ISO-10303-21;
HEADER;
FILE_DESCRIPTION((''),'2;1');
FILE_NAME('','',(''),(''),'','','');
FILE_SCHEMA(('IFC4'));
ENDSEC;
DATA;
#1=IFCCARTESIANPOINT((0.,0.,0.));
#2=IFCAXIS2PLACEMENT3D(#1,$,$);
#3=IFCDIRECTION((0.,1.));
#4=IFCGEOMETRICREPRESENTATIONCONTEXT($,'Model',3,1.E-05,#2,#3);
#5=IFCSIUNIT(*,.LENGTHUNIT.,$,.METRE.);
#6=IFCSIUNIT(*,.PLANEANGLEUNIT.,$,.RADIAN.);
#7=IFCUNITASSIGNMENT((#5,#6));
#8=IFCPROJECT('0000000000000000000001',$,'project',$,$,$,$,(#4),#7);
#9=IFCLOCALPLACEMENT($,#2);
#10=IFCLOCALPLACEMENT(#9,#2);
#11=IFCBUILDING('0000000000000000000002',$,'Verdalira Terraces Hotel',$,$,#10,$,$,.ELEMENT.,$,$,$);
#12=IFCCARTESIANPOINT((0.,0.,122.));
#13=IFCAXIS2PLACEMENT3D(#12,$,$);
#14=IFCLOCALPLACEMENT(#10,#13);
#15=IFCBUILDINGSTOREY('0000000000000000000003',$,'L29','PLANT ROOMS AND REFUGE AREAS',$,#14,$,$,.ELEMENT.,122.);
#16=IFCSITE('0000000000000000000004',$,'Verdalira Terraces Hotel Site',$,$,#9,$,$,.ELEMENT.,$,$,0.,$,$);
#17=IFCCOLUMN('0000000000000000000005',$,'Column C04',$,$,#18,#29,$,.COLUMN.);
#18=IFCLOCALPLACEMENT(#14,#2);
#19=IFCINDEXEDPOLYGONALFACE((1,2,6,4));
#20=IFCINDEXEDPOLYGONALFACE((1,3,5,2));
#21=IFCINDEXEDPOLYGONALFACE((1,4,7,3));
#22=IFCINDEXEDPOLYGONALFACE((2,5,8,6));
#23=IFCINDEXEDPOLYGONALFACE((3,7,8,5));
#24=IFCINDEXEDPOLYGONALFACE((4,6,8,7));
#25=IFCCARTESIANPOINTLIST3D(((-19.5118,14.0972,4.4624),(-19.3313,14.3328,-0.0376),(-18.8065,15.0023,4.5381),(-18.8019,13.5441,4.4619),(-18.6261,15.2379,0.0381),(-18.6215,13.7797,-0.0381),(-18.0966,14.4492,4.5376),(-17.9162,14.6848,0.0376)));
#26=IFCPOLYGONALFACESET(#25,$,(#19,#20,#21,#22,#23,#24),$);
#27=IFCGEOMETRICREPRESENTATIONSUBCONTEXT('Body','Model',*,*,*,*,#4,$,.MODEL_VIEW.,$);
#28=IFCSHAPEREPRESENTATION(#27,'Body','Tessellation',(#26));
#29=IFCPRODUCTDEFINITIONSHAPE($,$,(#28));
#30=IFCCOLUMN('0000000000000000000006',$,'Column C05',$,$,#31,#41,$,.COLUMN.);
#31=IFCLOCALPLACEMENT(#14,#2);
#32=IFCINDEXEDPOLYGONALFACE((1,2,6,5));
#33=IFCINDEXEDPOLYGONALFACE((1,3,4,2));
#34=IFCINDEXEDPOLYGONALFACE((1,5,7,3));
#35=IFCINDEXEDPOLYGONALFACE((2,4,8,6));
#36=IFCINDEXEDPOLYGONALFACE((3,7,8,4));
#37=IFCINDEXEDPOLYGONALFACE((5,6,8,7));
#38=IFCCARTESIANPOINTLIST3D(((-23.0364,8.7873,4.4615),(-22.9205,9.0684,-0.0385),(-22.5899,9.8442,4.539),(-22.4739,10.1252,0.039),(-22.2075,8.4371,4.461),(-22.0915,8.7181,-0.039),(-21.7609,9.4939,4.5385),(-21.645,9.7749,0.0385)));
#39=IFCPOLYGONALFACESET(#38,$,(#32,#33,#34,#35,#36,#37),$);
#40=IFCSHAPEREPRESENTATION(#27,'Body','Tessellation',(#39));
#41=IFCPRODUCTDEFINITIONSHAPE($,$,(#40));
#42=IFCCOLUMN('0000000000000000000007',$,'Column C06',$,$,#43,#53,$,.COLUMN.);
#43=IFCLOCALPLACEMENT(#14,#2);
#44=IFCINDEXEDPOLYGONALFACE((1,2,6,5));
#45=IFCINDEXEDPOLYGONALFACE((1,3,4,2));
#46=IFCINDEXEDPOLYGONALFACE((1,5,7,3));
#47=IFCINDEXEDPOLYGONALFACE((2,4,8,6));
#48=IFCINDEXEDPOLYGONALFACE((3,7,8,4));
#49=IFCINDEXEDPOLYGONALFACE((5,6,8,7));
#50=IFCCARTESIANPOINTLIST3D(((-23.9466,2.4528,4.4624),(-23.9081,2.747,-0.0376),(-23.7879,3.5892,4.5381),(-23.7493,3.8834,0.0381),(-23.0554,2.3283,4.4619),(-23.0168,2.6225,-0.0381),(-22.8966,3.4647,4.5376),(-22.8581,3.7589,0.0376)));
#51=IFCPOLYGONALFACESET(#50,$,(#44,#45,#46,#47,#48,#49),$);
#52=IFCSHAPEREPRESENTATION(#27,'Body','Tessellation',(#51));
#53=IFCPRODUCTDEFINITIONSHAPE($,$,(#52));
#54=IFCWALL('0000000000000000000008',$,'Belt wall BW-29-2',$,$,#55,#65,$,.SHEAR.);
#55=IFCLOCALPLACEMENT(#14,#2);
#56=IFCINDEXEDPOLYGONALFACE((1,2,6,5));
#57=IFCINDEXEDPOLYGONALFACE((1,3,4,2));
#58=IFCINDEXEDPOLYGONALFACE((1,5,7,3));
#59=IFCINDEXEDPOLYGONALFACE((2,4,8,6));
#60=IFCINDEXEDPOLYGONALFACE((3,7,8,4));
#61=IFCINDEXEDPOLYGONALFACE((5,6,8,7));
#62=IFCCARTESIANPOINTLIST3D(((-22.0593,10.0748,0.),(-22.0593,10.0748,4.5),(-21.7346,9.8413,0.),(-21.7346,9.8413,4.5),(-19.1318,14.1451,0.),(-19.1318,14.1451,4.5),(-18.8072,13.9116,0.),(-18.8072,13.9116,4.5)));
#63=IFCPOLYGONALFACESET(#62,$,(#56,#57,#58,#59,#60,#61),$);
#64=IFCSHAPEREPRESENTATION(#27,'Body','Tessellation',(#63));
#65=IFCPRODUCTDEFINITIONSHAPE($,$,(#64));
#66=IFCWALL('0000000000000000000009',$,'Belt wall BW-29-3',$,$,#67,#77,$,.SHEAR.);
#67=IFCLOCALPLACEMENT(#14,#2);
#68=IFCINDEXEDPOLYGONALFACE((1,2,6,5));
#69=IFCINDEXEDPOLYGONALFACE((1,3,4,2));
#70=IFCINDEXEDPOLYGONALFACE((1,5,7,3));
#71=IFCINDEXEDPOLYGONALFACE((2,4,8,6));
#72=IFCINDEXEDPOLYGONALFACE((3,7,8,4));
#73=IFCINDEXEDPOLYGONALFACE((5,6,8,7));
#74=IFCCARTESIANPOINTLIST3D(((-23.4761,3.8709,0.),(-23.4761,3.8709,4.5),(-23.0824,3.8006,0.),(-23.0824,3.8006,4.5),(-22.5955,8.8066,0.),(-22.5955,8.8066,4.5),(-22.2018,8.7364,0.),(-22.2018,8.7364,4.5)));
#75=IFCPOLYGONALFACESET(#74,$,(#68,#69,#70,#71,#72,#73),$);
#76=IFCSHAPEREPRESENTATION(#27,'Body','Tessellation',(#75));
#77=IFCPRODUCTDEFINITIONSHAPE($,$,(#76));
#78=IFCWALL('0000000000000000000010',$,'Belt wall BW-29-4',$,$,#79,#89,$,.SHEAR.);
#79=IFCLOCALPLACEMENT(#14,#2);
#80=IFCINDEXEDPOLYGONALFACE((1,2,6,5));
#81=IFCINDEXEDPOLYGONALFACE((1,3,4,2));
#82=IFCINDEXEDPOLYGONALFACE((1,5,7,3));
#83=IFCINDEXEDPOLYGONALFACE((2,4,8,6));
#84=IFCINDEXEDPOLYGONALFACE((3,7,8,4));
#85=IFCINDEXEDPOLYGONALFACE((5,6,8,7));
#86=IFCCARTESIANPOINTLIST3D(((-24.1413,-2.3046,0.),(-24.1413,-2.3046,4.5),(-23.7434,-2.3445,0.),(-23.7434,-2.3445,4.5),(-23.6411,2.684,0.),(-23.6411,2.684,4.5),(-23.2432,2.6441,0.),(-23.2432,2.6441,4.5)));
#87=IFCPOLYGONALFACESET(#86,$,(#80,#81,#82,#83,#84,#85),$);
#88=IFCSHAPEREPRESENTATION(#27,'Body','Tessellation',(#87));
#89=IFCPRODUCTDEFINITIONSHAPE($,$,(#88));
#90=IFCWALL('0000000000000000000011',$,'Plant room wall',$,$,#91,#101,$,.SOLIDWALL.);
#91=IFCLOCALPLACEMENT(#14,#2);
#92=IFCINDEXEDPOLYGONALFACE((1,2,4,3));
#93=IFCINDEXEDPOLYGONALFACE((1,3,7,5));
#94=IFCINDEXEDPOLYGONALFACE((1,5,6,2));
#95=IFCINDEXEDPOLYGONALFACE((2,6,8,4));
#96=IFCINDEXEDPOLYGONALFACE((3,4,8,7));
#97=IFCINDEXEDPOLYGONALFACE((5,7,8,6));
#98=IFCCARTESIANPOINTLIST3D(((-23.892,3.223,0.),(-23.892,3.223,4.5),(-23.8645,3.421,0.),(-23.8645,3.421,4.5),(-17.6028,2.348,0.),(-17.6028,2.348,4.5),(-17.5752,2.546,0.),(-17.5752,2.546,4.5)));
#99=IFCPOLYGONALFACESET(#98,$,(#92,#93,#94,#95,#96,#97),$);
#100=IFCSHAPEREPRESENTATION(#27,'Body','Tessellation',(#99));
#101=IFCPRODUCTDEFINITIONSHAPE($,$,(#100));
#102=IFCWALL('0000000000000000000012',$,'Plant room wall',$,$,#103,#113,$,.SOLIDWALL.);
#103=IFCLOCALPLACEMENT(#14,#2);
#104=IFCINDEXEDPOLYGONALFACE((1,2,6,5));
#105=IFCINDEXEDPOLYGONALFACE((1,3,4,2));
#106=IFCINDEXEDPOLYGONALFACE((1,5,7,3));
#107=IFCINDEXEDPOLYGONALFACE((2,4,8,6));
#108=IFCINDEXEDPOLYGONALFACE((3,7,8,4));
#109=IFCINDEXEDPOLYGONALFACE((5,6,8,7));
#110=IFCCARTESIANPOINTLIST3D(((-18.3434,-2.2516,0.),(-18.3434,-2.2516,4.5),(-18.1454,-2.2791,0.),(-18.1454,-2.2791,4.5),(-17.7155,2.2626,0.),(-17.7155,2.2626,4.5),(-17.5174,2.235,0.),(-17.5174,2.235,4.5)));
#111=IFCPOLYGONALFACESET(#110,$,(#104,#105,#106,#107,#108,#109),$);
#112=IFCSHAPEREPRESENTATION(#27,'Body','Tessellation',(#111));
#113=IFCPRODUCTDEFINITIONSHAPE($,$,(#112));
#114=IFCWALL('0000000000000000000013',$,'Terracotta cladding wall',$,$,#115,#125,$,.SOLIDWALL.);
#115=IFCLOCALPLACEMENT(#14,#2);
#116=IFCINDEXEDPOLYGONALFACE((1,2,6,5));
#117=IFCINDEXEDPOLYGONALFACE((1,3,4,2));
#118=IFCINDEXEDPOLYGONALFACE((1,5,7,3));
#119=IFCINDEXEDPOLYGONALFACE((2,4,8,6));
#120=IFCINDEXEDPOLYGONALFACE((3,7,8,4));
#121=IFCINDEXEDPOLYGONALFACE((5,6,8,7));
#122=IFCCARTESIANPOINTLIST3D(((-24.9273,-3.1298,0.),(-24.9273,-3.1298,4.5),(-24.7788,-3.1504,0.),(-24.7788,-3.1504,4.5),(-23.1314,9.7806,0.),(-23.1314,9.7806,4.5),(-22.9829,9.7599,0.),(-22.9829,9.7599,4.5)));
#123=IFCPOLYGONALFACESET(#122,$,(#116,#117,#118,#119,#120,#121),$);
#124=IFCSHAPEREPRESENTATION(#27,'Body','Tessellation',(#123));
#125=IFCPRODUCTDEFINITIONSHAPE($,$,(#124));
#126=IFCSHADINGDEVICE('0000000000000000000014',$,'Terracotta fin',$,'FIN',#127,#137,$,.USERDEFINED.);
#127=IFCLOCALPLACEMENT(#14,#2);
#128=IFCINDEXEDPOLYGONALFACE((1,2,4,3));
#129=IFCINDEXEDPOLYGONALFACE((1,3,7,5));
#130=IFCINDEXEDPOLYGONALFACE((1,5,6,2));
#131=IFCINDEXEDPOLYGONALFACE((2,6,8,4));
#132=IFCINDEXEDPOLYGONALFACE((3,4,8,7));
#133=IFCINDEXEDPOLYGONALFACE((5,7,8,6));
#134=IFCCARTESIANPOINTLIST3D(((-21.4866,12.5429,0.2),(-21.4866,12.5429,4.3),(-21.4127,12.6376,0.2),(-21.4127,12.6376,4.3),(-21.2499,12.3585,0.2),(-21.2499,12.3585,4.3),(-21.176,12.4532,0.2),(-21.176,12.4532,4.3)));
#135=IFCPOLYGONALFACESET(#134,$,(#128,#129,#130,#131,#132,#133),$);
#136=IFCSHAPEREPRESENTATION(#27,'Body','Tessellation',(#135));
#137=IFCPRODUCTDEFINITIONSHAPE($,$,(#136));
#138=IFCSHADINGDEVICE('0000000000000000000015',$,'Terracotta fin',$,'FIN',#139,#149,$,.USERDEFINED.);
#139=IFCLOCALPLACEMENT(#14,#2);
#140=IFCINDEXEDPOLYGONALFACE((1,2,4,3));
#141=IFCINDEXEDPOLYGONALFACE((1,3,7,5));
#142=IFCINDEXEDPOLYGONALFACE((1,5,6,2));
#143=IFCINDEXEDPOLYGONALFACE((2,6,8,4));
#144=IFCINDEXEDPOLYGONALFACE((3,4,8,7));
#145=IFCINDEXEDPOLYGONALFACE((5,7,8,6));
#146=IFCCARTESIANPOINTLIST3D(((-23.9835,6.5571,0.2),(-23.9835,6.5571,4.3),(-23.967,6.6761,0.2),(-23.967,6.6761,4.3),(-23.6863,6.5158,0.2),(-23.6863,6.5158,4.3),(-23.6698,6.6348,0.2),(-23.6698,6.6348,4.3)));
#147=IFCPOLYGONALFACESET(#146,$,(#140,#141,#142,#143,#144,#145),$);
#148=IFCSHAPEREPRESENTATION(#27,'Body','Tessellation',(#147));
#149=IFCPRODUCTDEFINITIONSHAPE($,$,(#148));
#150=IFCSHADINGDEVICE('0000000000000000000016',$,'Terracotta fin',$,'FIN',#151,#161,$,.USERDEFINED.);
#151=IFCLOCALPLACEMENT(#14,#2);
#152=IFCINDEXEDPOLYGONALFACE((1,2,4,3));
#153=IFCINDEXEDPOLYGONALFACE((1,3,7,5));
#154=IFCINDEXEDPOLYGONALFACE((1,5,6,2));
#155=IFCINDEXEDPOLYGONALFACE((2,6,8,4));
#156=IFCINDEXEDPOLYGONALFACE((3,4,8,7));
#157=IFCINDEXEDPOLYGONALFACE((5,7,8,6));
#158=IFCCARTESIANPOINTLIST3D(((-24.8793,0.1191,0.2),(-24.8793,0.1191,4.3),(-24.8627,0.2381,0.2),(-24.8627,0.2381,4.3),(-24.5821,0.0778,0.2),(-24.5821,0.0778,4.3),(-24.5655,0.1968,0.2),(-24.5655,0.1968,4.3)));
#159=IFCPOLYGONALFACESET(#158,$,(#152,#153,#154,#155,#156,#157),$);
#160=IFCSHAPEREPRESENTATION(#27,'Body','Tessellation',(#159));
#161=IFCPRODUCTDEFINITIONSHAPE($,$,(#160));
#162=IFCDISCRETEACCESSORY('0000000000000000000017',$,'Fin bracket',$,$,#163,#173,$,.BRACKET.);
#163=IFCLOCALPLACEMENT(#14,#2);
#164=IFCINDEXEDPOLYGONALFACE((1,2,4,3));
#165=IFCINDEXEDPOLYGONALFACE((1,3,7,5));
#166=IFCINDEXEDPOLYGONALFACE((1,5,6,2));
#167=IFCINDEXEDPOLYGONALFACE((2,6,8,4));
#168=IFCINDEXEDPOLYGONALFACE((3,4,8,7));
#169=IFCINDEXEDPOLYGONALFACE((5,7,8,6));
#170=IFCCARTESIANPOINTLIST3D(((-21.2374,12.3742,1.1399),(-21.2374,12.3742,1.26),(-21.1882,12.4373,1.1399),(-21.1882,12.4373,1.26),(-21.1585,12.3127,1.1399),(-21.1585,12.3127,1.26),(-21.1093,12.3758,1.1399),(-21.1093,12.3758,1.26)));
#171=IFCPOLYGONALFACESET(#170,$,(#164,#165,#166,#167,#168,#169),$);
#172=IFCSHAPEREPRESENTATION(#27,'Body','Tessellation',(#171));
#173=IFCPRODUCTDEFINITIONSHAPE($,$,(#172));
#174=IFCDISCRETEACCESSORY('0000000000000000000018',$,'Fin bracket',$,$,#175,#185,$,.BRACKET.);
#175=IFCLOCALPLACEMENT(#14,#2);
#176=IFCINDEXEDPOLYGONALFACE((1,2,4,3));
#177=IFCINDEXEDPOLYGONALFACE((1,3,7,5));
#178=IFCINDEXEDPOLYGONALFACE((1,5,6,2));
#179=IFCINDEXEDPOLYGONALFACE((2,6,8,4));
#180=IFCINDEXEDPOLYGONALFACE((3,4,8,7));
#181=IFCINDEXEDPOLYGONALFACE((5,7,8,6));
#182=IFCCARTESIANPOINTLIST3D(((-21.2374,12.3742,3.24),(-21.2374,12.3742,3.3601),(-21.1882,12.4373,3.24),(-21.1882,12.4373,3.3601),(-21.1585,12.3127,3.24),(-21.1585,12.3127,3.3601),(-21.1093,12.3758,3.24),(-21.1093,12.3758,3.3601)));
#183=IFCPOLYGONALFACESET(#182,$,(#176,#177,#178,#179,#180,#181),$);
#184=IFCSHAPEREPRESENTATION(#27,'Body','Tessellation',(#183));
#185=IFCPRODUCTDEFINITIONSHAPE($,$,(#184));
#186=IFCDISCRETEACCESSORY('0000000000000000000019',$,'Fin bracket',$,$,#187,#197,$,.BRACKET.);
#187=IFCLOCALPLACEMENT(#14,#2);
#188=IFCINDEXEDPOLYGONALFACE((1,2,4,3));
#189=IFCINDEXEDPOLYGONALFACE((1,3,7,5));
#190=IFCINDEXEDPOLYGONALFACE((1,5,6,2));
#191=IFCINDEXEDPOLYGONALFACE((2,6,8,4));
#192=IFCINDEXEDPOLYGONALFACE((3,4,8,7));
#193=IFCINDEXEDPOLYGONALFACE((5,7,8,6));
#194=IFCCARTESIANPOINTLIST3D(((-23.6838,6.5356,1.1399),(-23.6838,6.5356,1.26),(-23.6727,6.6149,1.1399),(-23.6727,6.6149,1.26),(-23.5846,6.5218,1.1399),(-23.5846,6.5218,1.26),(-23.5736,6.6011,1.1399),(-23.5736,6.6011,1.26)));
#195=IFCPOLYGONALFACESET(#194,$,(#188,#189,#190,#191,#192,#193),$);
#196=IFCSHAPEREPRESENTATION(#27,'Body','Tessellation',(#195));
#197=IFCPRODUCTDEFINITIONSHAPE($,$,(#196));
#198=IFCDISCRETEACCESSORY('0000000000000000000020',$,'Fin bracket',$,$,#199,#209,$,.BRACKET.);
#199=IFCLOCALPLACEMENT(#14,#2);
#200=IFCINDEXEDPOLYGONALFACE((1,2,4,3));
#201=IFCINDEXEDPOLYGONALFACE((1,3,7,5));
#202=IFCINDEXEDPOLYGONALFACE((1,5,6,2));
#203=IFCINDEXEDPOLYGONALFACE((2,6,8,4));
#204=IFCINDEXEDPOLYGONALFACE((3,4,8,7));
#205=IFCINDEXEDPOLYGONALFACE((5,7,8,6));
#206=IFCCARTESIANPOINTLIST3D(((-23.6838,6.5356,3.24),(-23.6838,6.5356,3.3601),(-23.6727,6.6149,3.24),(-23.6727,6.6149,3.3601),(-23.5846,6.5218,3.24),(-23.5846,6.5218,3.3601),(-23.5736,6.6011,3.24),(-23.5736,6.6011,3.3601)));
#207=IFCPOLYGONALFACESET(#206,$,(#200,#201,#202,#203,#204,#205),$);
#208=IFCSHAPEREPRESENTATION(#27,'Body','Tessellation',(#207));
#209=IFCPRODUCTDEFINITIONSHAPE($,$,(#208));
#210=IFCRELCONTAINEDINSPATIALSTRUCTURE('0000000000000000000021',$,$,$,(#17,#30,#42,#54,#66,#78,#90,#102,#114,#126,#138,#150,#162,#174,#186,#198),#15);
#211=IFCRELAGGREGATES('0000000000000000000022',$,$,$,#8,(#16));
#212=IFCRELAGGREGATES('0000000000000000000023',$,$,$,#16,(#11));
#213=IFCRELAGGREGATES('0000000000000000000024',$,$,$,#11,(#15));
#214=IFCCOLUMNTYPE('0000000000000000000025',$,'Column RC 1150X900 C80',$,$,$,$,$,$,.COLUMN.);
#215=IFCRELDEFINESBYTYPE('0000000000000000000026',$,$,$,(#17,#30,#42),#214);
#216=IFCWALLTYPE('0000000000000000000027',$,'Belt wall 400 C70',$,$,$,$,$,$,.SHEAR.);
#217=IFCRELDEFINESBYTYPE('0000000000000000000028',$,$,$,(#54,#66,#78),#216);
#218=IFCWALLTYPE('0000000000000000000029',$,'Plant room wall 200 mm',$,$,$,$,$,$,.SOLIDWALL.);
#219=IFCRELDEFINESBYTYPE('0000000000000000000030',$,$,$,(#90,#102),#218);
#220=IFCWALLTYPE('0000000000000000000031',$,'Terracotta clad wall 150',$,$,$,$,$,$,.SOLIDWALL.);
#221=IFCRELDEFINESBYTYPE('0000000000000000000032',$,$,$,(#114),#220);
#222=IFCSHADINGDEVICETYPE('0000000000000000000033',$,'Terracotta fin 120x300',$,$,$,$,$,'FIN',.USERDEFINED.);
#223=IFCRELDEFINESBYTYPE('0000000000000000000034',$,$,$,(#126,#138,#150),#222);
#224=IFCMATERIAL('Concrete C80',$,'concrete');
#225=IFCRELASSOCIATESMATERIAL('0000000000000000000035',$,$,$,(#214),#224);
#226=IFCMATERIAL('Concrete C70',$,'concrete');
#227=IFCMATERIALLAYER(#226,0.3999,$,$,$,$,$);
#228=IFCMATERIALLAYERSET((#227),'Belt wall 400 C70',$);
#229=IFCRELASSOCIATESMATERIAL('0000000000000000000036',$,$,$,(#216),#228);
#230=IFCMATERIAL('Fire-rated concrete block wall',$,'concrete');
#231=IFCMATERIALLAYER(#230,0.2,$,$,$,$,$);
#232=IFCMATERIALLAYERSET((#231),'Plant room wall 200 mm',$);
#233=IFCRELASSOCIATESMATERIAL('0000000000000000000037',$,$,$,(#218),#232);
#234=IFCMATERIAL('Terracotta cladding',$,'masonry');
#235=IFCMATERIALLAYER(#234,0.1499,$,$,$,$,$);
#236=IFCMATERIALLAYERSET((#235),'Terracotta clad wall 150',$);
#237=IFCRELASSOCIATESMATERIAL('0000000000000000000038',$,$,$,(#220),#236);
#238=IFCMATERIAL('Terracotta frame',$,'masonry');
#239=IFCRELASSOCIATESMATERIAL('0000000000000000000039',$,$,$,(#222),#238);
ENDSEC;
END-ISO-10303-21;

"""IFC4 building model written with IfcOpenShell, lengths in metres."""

from ifc_helpers import new_model, si_unit, direction, frame, frame_2d, origin, origin_2d, place, context, subcontext, project, spatial, rectangle, extrude, material, layer, layer_set, material_profile, profile_set, type_object, element, save


model = new_model("IFC4")

# Units and contexts
model_context = context("Model", 3, precision=1e-05, world=origin(), true_north=direction((0.0, 1.0)))
body_context = subcontext(model_context, "Body", "Model", "MODEL_VIEW")
ifc_project = project(units=[si_unit("LENGTHUNIT", "METRE"), si_unit("PLANEANGLEUNIT", "RADIAN")], contexts=[model_context])

# Site, building, storey
site_placement = place(None, origin())
site = spatial("IfcSite", under=ifc_project, at=site_placement, Name="Verdalira Terraces Hotel Site", CompositionType="ELEMENT", RefElevation=0.0)
building_placement = place(site_placement, origin())
building = spatial("IfcBuilding", under=site, at=building_placement, Name="Verdalira Terraces Hotel", CompositionType="ELEMENT")
storey_placement = place(building_placement, frame((0.0, 0.0, 122.0)))
storey = spatial("IfcBuildingStorey", under=building, at=storey_placement, Name="L29", Description="PLANT ROOMS AND REFUGE AREAS", CompositionType="ELEMENT", Elevation=122.0)

# Columns
ifc_material_1 = material(Name="Concrete C80", Category="concrete")
ifc_material_profile_1 = material_profile(ifc_material_1, rectangle(XDim=1.1499, YDim=0.8999, at=origin_2d()), Name="RC 1150X900")
ifc_profile_set_1 = profile_set([ifc_material_profile_1], Name="Concrete C80")
column_type = type_object("IfcColumnType", Name="Column RC 1150X900 C80", PredefinedType="COLUMN", material=ifc_profile_set_1)
column_1_placement = place(storey_placement, frame((-18.6238, 14.5088, 0.0), z_axis=(-0.040006, -0.052241, 0.997833), x_axis=(-0.613326, -0.787085, -0.065798)))
element("IfcColumn", 1, at=column_1_placement, inside=storey, type_object=column_type, Name="Column C04", PredefinedType="COLUMN", context=body_context, shape_type="SweptSolid", body=[
    extrude(rectangle(XDim=1.1499, YDim=0.8999, at=origin_2d()), origin(), (0.0, 0.0, 1.0), 4.5098),
])
column_2_placement = place(storey_placement, frame((-22.2827, 9.4216, 0.0), z_axis=(-0.025712, -0.062304, 0.997726), x_axis=(0.388358, 0.919041, 0.067398)))
element("IfcColumn", 2, at=column_2_placement, inside=storey, type_object=column_type, Name="Column C05", PredefinedType="COLUMN", context=body_context, shape_type="SweptSolid", body=[
    extrude(rectangle(XDim=1.1499, YDim=0.8999, at=origin_2d()), origin(), (0.0, 0.0, 1.0), 4.5103),
])
column_3_placement = place(storey_placement, frame((-23.3831, 3.2529, 0.0), z_axis=(-0.008553, -0.065234, 0.997833), x_axis=(-0.138045, -0.988238, -0.06579)))
element("IfcColumn", 3, at=column_3_placement, inside=storey, type_object=column_type, Name="Column C06", PredefinedType="COLUMN", context=body_context, shape_type="SweptSolid", body=[
    extrude(rectangle(XDim=1.1499, YDim=0.8999, at=origin_2d()), origin(), (0.0, 0.0, 1.0), 4.5098),
])

# Walls
ifc_material_2 = material(Name="Concrete C70", Category="concrete")
ifc_layer_1 = layer(ifc_material_2, 0.3999)
ifc_layer_set_1 = layer_set([ifc_layer_1], Name="Belt wall 400 C70")
wall_type_1 = type_object("IfcWallType", Name="Belt wall 400 C70", PredefinedType="SHEAR", material=ifc_layer_set_1)
for number, where, z_axis, x_axis, name in (
    (4, (-18.9695, 14.0283, 0.0), (0.0, 0.0, 1.0), (-0.583893, -0.811831, 0.0), "Belt wall BW-29-2"),
    (5, (-22.3987, 8.7715, 0.0), (0.0, 0.0, 1.0), (-0.175641, -0.984454, 0.0), "Belt wall BW-29-3"),
    (6, (-23.4421, 2.6641, 0.0), (0.0, 0.0, 1.0), (-0.099774, -0.99501, 0.0), "Belt wall BW-29-4"),
):
    element("IfcWall", number, at=place(storey_placement, frame(where, z_axis=z_axis, x_axis=x_axis)), inside=storey, type_object=wall_type_1, Name=name, PredefinedType="SHEAR", context=body_context, shape_type="SweptSolid", body=[
        extrude(rectangle(XDim=5.0137, YDim=0.3999, at=frame_2d((2.5068, 0.0))), origin(), (0.0, 0.0, 1.0), 4.5),
    ])
ifc_material_3 = material(Name="Fire-rated concrete block wall", Category="concrete")
ifc_layer_2 = layer(ifc_material_3, 0.2)
ifc_layer_set_2 = layer_set([ifc_layer_2], Name="Plant room wall 200 mm")
wall_type_2 = type_object("IfcWallType", Name="Plant room wall 200 mm", PredefinedType="SOLIDWALL", material=ifc_layer_set_2)
wall_1_placement = place(storey_placement, frame((-17.5891, 2.447, 0.0), z_axis=(0.0, 0.0, 1.0), x_axis=(-0.99046, 0.137798, 0.0)))
element("IfcWall", 7, at=wall_1_placement, inside=storey, type_object=wall_type_2, Name="Plant room wall", PredefinedType="SOLIDWALL", context=body_context, shape_type="SweptSolid", body=[
    extrude(rectangle(XDim=6.3499, YDim=0.2, at=frame_2d((3.1748, 0.0))), origin(), (0.0, 0.0, 1.0), 4.5),
])
wall_2_placement = place(storey_placement, frame((-17.6165, 2.2488, 0.0), z_axis=(0.0, 0.0, 1.0), x_axis=(-0.137776, -0.990463, 0.0)))
element("IfcWall", 8, at=wall_2_placement, inside=storey, type_object=wall_type_2, Name="Plant room wall", PredefinedType="SOLIDWALL", context=body_context, shape_type="SweptSolid", body=[
    extrude(rectangle(XDim=4.5576, YDim=0.2, at=frame_2d((2.2788, 0.0))), origin(), (0.0, 0.0, 1.0), 4.5),
])
ifc_material_4 = material(Name="Terracotta cladding", Category="masonry")
ifc_layer_3 = layer(ifc_material_4, 0.1499)
ifc_layer_set_3 = layer_set([ifc_layer_3], Name="Terracotta clad wall 150")
wall_type_3 = type_object("IfcWallType", Name="Terracotta clad wall 150", PredefinedType="SOLIDWALL", material=ifc_layer_set_3)
wall_3_placement = place(storey_placement, frame((-23.0571, 9.7703, 0.0), z_axis=(0.0, 0.0, 1.0), x_axis=(-0.137778, -0.990463, 0.0)))
element("IfcWall", 9, at=wall_3_placement, inside=storey, type_object=wall_type_3, Name="Terracotta cladding wall", PredefinedType="SOLIDWALL", context=body_context, shape_type="SweptSolid", body=[
    extrude(rectangle(XDim=13.0347, YDim=0.1499, at=frame_2d((6.5173, 0.0))), origin(), (0.0, 0.0, 1.0), 4.5),
])

# Shading devices
ifc_material_5 = material(Name="Terracotta frame", Category="masonry")
ifc_material_profile_2 = material_profile(ifc_material_5, rectangle(XDim=0.1201, YDim=0.3, at=origin_2d()), Name="FIN 120x300")
ifc_profile_set_2 = profile_set([ifc_material_profile_2], Name="Terracotta frame")
shading_device_type = type_object("IfcShadingDeviceType", Name="Terracotta fin 120x300", ElementType="FIN", PredefinedType="USERDEFINED", material=ifc_profile_set_2)
for number, where, z_axis, x_axis, name in (
    (10, (-21.3313, 12.498, 0.2), (0.0, 0.0, 1.0), (-0.614561, -0.78887, 0.0), "Terracotta fin"),
    (11, (-23.8267, 6.5959, 0.2), (0.0, 0.0, 1.0), (-0.13779, -0.990461, 0.0), "Terracotta fin"),
    (12, (-24.7224, 0.158, 0.2), (0.0, 0.0, 1.0), (-0.13779, -0.990461, 0.0), "Terracotta fin"),
):
    element("IfcShadingDevice", number, at=place(storey_placement, frame(where, z_axis=z_axis, x_axis=x_axis)), inside=storey, type_object=shading_device_type, Name=name, ObjectType="FIN", PredefinedType="USERDEFINED", context=body_context, shape_type="SweptSolid", body=[
        extrude(rectangle(XDim=0.1201, YDim=0.3, at=origin_2d()), origin(), (0.0, 0.0, 1.0), 4.1001),
    ])

# Discrete accessories
for number, where, z_axis, x_axis, name in (
    (13, (-21.1733, 12.375, 1.1399), (0.0, 0.0, 1.0), (-0.614561, -0.78887, 0.0), "Fin bracket"),
    (14, (-21.1733, 12.375, 3.24), (0.0, 0.0, 1.0), (-0.614561, -0.78887, 0.0), "Fin bracket"),
    (15, (-23.6287, 6.5684, 1.1399), (0.0, 0.0, 1.0), (-0.13779, -0.990461, 0.0), "Fin bracket"),
    (16, (-23.6287, 6.5684, 3.24), (0.0, 0.0, 1.0), (-0.13779, -0.990461, 0.0), "Fin bracket"),
):
    element("IfcDiscreteAccessory", number, at=place(storey_placement, frame(where, z_axis=z_axis, x_axis=x_axis)), inside=storey, Name=name, PredefinedType="BRACKET", context=body_context, shape_type="SweptSolid", body=[
        extrude(rectangle(XDim=0.0801, YDim=0.1001, at=origin_2d()), origin(), (0.0, 0.0, 1.0), 0.1201),
    ])

save(model, "model.ifc")
